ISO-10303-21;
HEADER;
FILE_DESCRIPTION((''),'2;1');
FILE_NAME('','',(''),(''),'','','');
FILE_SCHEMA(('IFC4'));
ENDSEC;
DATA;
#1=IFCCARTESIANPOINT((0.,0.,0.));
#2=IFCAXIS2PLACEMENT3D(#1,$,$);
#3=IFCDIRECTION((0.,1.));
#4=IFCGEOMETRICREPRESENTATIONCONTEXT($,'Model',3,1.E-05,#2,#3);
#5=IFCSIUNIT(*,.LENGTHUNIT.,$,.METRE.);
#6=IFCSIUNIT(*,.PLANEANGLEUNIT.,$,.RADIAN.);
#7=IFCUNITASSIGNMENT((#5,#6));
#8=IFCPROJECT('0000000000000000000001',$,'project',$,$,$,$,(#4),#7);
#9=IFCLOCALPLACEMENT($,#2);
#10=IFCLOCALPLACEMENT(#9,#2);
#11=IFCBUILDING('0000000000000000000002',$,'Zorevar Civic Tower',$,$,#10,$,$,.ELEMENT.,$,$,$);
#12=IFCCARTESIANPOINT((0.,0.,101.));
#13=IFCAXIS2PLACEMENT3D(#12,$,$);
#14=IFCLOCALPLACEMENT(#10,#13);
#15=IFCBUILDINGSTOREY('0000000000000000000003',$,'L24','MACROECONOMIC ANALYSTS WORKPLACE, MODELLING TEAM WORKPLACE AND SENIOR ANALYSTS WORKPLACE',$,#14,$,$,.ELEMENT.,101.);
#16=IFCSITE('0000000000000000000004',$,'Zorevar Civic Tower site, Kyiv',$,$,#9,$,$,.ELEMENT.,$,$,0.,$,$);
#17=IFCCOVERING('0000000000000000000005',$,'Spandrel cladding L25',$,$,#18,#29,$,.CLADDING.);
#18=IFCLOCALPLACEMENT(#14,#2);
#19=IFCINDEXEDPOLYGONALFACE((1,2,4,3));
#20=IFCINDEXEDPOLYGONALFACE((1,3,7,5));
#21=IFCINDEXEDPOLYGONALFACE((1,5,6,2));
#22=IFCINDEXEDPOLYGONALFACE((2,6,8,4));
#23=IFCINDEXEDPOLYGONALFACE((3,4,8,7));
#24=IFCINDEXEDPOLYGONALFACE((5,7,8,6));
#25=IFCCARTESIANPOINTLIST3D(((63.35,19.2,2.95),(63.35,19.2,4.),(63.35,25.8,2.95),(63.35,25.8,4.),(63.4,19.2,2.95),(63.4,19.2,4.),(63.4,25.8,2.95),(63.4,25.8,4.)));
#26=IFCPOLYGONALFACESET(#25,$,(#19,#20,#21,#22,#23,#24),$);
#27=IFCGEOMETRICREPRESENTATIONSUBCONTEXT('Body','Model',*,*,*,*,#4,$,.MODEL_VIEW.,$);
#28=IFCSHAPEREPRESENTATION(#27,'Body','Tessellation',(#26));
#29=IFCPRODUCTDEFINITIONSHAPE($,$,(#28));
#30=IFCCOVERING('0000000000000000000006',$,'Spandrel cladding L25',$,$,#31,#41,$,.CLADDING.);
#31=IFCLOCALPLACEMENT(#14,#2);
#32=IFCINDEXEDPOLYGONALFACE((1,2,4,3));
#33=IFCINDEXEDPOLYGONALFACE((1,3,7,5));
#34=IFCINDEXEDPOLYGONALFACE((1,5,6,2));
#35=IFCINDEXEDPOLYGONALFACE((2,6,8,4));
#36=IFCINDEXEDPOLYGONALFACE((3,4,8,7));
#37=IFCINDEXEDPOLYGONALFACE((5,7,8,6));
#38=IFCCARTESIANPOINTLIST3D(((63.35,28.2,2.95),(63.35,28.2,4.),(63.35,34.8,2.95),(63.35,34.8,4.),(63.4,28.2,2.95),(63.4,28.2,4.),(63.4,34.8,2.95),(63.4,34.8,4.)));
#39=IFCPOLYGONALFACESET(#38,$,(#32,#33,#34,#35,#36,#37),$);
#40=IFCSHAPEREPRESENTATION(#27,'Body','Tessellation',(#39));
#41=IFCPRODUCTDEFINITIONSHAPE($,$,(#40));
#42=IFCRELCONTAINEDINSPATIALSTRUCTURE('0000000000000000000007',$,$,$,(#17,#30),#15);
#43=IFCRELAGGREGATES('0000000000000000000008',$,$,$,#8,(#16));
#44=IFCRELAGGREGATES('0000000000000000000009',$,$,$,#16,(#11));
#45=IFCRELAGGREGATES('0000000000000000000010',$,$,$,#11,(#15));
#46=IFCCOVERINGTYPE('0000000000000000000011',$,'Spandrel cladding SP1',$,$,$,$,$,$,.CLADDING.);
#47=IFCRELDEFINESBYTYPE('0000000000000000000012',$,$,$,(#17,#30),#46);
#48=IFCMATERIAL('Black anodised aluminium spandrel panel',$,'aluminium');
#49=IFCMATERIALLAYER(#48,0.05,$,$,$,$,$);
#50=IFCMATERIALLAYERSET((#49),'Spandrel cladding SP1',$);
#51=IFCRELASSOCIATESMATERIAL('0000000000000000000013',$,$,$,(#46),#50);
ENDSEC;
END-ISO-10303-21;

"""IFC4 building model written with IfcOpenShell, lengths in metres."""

from ifc_helpers import new_model, si_unit, direction, frame, frame_2d, origin, place, context, subcontext, project, spatial, rectangle, extrude, material, layer, layer_set, type_object, element, save


model = new_model("IFC4")

# Units and contexts
model_context = context("Model", 3, precision=1e-05, world=origin(), true_north=direction((0.0, 1.0)))
body_context = subcontext(model_context, "Body", "Model", "MODEL_VIEW")
ifc_project = project(units=[si_unit("LENGTHUNIT", "METRE"), si_unit("PLANEANGLEUNIT", "RADIAN")], contexts=[model_context])

# Site, building, storey
site_placement = place(None, origin())
site = spatial("IfcSite", under=ifc_project, at=site_placement, Name="Zorevar Civic Tower site, Kyiv", CompositionType="ELEMENT", RefElevation=0.0)
building_placement = place(site_placement, origin())
building = spatial("IfcBuilding", under=site, at=building_placement, Name="Zorevar Civic Tower", CompositionType="ELEMENT")
storey_placement = place(building_placement, frame((0.0, 0.0, 101.0)))
storey = spatial("IfcBuildingStorey", under=building, at=storey_placement, Name="L24", Description="MACROECONOMIC ANALYSTS WORKPLACE, MODELLING TEAM WORKPLACE AND SENIOR ANALYSTS WORKPLACE", CompositionType="ELEMENT", Elevation=101.0)

# Coverings
ifc_material_1 = material(Name="Black anodised aluminium spandrel panel", Category="aluminium")
ifc_layer_1 = layer(ifc_material_1, 0.05)
ifc_layer_set_1 = layer_set([ifc_layer_1], Name="Spandrel cladding SP1")
covering_type = type_object("IfcCoveringType", Name="Spandrel cladding SP1", PredefinedType="CLADDING", material=ifc_layer_set_1)
for number, where, z_axis, x_axis, name in (
    (1, (63.375, 19.2, 2.95), (0.0, 0.0, 1.0), (0.0, 1.0, 0.0), "Spandrel cladding L25"),
    (2, (63.375, 28.2, 2.95), (0.0, 0.0, 1.0), (0.0, 1.0, 0.0), "Spandrel cladding L25"),
):
    element("IfcCovering", number, at=place(storey_placement, frame(where, z_axis=z_axis, x_axis=x_axis)), inside=storey, type_object=covering_type, Name=name, PredefinedType="CLADDING", context=body_context, shape_type="SweptSolid", body=[
        extrude(rectangle(XDim=6.6001, YDim=0.05, at=frame_2d((3.3, 0.0))), origin(), (0.0, 0.0, 1.0), 1.05),
    ])

save(model, "model.ifc")
